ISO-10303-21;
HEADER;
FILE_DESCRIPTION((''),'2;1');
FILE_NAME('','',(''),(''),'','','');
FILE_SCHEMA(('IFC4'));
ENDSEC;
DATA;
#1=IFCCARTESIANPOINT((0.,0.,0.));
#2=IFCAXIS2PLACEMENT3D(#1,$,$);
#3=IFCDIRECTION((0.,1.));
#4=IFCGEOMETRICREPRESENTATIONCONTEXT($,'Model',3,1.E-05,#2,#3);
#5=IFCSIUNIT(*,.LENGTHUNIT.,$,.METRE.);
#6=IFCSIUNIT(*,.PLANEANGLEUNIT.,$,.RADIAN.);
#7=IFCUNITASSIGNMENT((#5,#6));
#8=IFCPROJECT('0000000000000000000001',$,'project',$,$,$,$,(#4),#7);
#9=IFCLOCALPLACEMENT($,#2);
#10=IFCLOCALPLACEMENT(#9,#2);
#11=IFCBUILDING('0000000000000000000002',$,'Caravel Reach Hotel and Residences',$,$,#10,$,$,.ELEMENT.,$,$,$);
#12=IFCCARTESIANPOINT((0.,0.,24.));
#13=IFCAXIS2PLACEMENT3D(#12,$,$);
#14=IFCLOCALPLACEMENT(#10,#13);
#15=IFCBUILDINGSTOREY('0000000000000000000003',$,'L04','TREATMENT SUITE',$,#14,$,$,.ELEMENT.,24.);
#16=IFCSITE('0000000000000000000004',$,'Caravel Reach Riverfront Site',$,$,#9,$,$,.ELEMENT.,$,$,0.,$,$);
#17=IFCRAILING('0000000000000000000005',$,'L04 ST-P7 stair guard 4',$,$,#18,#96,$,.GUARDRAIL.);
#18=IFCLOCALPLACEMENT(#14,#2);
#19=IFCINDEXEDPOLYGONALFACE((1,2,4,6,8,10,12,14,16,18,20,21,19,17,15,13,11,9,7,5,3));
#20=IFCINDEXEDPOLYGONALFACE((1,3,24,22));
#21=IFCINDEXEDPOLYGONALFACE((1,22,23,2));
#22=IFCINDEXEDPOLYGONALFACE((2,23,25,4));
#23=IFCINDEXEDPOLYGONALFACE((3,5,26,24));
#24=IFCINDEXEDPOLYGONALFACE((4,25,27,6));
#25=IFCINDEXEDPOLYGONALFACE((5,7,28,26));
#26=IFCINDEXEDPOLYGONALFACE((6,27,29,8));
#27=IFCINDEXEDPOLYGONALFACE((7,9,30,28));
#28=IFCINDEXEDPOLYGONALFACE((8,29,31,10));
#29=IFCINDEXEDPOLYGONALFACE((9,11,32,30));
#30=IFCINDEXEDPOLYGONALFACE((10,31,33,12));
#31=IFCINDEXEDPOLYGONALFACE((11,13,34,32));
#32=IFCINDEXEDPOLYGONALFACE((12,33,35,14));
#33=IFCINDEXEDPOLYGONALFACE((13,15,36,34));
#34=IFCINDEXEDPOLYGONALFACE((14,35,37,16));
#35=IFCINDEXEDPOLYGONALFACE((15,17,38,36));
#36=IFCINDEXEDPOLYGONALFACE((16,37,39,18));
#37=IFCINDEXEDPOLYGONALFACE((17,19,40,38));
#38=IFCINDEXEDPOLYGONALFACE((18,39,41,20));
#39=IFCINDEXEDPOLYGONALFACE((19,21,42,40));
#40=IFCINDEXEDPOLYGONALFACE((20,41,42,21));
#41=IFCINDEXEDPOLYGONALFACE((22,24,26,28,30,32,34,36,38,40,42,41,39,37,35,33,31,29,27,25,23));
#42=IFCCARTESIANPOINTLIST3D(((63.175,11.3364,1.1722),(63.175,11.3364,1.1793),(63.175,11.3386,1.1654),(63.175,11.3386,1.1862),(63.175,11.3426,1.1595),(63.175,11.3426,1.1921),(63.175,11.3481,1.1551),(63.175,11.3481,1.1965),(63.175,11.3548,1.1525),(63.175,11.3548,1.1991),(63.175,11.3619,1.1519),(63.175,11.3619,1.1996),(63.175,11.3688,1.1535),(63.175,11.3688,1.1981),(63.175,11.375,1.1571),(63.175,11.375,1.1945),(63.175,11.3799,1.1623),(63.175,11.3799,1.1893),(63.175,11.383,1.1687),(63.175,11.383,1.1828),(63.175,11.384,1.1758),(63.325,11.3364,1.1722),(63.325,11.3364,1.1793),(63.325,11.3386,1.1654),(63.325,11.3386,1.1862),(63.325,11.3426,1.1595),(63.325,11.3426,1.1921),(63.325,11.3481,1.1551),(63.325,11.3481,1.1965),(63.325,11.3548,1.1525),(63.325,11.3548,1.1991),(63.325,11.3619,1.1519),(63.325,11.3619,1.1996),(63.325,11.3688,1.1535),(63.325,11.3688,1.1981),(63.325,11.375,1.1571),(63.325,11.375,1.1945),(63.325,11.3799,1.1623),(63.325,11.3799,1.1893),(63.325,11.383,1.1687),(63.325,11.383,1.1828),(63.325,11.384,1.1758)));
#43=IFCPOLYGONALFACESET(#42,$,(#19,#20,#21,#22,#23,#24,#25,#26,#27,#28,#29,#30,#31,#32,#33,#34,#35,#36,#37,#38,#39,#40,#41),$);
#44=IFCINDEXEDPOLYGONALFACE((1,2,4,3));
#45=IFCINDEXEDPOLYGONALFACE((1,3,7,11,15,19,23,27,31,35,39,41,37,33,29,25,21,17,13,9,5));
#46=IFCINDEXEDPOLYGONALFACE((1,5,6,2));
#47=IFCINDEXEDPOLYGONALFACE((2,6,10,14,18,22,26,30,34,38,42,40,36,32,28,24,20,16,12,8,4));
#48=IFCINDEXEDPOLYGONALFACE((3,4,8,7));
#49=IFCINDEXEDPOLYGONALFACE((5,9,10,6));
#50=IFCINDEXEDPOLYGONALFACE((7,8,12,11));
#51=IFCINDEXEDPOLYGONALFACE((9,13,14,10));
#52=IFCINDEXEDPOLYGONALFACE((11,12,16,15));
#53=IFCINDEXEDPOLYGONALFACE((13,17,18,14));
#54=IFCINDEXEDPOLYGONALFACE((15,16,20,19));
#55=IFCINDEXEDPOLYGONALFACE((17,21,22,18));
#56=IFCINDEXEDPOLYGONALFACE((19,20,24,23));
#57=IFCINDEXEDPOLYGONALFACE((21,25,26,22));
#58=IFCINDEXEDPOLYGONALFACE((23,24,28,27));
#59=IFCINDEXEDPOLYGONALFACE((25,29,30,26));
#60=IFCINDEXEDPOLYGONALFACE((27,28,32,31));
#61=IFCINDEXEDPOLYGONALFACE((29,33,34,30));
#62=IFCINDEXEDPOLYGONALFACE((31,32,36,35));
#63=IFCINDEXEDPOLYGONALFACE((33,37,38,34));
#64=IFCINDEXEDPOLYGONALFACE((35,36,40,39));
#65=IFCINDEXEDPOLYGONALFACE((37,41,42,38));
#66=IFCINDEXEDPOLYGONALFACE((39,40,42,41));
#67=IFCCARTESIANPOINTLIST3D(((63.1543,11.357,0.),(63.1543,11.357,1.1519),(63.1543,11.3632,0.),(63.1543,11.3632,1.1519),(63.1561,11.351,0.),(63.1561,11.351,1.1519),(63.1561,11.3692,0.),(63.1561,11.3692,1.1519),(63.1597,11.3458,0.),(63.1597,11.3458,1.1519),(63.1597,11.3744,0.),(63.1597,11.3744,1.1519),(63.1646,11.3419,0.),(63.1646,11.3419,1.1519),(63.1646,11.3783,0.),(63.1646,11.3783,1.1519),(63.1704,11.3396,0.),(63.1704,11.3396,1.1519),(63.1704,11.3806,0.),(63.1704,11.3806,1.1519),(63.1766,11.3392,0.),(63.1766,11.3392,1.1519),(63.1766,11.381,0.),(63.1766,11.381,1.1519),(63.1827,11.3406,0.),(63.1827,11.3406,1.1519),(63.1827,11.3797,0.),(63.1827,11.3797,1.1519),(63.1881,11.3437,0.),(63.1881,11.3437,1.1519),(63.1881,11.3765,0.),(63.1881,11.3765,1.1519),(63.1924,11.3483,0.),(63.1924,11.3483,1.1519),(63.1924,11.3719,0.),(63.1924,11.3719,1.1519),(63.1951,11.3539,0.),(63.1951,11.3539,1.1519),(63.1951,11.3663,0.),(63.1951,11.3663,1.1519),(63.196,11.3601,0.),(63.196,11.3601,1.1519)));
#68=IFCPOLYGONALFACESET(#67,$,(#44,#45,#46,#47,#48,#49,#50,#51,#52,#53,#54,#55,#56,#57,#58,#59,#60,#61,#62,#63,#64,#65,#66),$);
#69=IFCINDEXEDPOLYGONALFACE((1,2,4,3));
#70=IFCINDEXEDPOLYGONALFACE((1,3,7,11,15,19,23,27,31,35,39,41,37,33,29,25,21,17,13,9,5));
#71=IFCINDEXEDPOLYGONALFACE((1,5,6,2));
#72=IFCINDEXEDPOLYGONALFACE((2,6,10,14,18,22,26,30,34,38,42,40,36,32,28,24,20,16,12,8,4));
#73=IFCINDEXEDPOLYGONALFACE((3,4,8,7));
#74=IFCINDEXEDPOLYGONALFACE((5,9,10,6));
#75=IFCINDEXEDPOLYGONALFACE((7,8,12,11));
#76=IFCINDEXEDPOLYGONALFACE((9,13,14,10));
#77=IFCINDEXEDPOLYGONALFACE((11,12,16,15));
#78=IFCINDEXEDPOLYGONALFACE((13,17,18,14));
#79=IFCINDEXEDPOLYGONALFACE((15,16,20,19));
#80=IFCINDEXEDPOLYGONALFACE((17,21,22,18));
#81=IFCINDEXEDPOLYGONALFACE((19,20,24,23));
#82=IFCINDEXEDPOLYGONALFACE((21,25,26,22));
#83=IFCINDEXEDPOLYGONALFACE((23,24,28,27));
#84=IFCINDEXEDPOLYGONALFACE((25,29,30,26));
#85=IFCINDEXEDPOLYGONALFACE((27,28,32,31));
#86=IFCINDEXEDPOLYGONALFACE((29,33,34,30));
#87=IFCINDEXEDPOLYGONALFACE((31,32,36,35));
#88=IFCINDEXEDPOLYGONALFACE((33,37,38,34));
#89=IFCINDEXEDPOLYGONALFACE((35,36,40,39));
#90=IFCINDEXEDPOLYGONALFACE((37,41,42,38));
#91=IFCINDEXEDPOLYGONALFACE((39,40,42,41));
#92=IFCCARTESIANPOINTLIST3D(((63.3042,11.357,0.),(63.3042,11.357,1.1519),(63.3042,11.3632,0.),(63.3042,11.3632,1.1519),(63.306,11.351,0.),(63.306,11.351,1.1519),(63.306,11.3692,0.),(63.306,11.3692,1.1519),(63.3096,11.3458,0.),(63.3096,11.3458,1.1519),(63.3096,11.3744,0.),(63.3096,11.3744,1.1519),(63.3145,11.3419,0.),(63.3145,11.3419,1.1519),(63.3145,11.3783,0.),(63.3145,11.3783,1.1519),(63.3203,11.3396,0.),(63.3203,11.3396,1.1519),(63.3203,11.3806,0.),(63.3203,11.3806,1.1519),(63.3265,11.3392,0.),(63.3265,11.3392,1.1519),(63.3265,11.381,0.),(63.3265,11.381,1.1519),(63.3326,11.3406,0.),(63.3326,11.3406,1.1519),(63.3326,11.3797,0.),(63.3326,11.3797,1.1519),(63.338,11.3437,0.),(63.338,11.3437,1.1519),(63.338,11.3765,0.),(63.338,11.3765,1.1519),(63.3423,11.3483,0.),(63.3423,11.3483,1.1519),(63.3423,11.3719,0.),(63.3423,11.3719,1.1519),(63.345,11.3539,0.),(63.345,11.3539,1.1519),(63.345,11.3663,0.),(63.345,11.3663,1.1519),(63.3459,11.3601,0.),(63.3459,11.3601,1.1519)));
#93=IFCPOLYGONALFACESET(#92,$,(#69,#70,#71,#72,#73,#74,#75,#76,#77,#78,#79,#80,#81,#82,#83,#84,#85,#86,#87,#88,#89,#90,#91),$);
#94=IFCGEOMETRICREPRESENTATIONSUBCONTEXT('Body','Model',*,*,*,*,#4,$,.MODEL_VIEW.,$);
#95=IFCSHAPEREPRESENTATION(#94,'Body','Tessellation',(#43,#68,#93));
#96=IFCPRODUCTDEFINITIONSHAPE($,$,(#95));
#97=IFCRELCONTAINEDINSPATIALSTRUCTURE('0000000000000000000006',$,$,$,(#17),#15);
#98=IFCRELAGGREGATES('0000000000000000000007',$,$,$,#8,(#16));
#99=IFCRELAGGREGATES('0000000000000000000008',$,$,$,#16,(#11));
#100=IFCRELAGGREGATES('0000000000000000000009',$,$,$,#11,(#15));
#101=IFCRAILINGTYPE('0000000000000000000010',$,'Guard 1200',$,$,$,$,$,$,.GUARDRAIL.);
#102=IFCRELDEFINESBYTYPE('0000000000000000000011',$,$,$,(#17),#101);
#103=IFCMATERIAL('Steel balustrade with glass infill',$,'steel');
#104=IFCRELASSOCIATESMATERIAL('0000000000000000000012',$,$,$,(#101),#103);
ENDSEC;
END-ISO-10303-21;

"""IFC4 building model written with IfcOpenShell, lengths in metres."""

from ifc_helpers import new_model, si_unit, direction, frame, origin, origin_2d, place, context, subcontext, project, spatial, circle, extrude, material, type_object, element, save


model = new_model("IFC4")

# Units and contexts
model_context = context("Model", 3, precision=1e-05, world=origin(), true_north=direction((0.0, 1.0)))
body_context = subcontext(model_context, "Body", "Model", "MODEL_VIEW")
ifc_project = project(units=[si_unit("LENGTHUNIT", "METRE"), si_unit("PLANEANGLEUNIT", "RADIAN")], contexts=[model_context])

# Site, building, storey
site_placement = place(None, origin())
site = spatial("IfcSite", under=ifc_project, at=site_placement, Name="Caravel Reach Riverfront Site", CompositionType="ELEMENT", RefElevation=0.0)
building_placement = place(site_placement, origin())
building = spatial("IfcBuilding", under=site, at=building_placement, Name="Caravel Reach Hotel and Residences", CompositionType="ELEMENT")
storey_placement = place(building_placement, frame((0.0, 0.0, 24.0)))
storey = spatial("IfcBuildingStorey", under=building, at=storey_placement, Name="L04", Description="TREATMENT SUITE", CompositionType="ELEMENT", Elevation=24.0)

# Railing
ifc_material_1 = material(Name="Steel balustrade with glass infill", Category="steel")
railing_type_1 = type_object("IfcRailingType", Name="Guard 1200", PredefinedType="GUARDRAIL", material=ifc_material_1)
railing_1_placement = place(storey_placement, frame((63.175, 11.3601, 0.0)))
element("IfcRailing", 1, at=railing_1_placement, inside=storey, type_object=railing_type_1, Name="L04 ST-P7 stair guard 4", PredefinedType="GUARDRAIL", context=body_context, shape_type="SweptSolid", body=[
    extrude(circle(Radius=0.0239, at=origin_2d()), frame((0.0, 0.0, 1.1758), z_axis=(1.0, 0.0, 0.0), x_axis=(0.0, 1.0, 0.0)), (0.0, 0.0, 1.0), 0.1499),
    extrude(circle(Radius=0.021, at=origin_2d()), origin(), (0.0, 0.0, 1.0), 1.1519),
    extrude(circle(Radius=0.021, at=origin_2d()), frame((0.1499, 0.0, 0.0)), (0.0, 0.0, 1.0), 1.1519),
])

save(model, "model.ifc")
